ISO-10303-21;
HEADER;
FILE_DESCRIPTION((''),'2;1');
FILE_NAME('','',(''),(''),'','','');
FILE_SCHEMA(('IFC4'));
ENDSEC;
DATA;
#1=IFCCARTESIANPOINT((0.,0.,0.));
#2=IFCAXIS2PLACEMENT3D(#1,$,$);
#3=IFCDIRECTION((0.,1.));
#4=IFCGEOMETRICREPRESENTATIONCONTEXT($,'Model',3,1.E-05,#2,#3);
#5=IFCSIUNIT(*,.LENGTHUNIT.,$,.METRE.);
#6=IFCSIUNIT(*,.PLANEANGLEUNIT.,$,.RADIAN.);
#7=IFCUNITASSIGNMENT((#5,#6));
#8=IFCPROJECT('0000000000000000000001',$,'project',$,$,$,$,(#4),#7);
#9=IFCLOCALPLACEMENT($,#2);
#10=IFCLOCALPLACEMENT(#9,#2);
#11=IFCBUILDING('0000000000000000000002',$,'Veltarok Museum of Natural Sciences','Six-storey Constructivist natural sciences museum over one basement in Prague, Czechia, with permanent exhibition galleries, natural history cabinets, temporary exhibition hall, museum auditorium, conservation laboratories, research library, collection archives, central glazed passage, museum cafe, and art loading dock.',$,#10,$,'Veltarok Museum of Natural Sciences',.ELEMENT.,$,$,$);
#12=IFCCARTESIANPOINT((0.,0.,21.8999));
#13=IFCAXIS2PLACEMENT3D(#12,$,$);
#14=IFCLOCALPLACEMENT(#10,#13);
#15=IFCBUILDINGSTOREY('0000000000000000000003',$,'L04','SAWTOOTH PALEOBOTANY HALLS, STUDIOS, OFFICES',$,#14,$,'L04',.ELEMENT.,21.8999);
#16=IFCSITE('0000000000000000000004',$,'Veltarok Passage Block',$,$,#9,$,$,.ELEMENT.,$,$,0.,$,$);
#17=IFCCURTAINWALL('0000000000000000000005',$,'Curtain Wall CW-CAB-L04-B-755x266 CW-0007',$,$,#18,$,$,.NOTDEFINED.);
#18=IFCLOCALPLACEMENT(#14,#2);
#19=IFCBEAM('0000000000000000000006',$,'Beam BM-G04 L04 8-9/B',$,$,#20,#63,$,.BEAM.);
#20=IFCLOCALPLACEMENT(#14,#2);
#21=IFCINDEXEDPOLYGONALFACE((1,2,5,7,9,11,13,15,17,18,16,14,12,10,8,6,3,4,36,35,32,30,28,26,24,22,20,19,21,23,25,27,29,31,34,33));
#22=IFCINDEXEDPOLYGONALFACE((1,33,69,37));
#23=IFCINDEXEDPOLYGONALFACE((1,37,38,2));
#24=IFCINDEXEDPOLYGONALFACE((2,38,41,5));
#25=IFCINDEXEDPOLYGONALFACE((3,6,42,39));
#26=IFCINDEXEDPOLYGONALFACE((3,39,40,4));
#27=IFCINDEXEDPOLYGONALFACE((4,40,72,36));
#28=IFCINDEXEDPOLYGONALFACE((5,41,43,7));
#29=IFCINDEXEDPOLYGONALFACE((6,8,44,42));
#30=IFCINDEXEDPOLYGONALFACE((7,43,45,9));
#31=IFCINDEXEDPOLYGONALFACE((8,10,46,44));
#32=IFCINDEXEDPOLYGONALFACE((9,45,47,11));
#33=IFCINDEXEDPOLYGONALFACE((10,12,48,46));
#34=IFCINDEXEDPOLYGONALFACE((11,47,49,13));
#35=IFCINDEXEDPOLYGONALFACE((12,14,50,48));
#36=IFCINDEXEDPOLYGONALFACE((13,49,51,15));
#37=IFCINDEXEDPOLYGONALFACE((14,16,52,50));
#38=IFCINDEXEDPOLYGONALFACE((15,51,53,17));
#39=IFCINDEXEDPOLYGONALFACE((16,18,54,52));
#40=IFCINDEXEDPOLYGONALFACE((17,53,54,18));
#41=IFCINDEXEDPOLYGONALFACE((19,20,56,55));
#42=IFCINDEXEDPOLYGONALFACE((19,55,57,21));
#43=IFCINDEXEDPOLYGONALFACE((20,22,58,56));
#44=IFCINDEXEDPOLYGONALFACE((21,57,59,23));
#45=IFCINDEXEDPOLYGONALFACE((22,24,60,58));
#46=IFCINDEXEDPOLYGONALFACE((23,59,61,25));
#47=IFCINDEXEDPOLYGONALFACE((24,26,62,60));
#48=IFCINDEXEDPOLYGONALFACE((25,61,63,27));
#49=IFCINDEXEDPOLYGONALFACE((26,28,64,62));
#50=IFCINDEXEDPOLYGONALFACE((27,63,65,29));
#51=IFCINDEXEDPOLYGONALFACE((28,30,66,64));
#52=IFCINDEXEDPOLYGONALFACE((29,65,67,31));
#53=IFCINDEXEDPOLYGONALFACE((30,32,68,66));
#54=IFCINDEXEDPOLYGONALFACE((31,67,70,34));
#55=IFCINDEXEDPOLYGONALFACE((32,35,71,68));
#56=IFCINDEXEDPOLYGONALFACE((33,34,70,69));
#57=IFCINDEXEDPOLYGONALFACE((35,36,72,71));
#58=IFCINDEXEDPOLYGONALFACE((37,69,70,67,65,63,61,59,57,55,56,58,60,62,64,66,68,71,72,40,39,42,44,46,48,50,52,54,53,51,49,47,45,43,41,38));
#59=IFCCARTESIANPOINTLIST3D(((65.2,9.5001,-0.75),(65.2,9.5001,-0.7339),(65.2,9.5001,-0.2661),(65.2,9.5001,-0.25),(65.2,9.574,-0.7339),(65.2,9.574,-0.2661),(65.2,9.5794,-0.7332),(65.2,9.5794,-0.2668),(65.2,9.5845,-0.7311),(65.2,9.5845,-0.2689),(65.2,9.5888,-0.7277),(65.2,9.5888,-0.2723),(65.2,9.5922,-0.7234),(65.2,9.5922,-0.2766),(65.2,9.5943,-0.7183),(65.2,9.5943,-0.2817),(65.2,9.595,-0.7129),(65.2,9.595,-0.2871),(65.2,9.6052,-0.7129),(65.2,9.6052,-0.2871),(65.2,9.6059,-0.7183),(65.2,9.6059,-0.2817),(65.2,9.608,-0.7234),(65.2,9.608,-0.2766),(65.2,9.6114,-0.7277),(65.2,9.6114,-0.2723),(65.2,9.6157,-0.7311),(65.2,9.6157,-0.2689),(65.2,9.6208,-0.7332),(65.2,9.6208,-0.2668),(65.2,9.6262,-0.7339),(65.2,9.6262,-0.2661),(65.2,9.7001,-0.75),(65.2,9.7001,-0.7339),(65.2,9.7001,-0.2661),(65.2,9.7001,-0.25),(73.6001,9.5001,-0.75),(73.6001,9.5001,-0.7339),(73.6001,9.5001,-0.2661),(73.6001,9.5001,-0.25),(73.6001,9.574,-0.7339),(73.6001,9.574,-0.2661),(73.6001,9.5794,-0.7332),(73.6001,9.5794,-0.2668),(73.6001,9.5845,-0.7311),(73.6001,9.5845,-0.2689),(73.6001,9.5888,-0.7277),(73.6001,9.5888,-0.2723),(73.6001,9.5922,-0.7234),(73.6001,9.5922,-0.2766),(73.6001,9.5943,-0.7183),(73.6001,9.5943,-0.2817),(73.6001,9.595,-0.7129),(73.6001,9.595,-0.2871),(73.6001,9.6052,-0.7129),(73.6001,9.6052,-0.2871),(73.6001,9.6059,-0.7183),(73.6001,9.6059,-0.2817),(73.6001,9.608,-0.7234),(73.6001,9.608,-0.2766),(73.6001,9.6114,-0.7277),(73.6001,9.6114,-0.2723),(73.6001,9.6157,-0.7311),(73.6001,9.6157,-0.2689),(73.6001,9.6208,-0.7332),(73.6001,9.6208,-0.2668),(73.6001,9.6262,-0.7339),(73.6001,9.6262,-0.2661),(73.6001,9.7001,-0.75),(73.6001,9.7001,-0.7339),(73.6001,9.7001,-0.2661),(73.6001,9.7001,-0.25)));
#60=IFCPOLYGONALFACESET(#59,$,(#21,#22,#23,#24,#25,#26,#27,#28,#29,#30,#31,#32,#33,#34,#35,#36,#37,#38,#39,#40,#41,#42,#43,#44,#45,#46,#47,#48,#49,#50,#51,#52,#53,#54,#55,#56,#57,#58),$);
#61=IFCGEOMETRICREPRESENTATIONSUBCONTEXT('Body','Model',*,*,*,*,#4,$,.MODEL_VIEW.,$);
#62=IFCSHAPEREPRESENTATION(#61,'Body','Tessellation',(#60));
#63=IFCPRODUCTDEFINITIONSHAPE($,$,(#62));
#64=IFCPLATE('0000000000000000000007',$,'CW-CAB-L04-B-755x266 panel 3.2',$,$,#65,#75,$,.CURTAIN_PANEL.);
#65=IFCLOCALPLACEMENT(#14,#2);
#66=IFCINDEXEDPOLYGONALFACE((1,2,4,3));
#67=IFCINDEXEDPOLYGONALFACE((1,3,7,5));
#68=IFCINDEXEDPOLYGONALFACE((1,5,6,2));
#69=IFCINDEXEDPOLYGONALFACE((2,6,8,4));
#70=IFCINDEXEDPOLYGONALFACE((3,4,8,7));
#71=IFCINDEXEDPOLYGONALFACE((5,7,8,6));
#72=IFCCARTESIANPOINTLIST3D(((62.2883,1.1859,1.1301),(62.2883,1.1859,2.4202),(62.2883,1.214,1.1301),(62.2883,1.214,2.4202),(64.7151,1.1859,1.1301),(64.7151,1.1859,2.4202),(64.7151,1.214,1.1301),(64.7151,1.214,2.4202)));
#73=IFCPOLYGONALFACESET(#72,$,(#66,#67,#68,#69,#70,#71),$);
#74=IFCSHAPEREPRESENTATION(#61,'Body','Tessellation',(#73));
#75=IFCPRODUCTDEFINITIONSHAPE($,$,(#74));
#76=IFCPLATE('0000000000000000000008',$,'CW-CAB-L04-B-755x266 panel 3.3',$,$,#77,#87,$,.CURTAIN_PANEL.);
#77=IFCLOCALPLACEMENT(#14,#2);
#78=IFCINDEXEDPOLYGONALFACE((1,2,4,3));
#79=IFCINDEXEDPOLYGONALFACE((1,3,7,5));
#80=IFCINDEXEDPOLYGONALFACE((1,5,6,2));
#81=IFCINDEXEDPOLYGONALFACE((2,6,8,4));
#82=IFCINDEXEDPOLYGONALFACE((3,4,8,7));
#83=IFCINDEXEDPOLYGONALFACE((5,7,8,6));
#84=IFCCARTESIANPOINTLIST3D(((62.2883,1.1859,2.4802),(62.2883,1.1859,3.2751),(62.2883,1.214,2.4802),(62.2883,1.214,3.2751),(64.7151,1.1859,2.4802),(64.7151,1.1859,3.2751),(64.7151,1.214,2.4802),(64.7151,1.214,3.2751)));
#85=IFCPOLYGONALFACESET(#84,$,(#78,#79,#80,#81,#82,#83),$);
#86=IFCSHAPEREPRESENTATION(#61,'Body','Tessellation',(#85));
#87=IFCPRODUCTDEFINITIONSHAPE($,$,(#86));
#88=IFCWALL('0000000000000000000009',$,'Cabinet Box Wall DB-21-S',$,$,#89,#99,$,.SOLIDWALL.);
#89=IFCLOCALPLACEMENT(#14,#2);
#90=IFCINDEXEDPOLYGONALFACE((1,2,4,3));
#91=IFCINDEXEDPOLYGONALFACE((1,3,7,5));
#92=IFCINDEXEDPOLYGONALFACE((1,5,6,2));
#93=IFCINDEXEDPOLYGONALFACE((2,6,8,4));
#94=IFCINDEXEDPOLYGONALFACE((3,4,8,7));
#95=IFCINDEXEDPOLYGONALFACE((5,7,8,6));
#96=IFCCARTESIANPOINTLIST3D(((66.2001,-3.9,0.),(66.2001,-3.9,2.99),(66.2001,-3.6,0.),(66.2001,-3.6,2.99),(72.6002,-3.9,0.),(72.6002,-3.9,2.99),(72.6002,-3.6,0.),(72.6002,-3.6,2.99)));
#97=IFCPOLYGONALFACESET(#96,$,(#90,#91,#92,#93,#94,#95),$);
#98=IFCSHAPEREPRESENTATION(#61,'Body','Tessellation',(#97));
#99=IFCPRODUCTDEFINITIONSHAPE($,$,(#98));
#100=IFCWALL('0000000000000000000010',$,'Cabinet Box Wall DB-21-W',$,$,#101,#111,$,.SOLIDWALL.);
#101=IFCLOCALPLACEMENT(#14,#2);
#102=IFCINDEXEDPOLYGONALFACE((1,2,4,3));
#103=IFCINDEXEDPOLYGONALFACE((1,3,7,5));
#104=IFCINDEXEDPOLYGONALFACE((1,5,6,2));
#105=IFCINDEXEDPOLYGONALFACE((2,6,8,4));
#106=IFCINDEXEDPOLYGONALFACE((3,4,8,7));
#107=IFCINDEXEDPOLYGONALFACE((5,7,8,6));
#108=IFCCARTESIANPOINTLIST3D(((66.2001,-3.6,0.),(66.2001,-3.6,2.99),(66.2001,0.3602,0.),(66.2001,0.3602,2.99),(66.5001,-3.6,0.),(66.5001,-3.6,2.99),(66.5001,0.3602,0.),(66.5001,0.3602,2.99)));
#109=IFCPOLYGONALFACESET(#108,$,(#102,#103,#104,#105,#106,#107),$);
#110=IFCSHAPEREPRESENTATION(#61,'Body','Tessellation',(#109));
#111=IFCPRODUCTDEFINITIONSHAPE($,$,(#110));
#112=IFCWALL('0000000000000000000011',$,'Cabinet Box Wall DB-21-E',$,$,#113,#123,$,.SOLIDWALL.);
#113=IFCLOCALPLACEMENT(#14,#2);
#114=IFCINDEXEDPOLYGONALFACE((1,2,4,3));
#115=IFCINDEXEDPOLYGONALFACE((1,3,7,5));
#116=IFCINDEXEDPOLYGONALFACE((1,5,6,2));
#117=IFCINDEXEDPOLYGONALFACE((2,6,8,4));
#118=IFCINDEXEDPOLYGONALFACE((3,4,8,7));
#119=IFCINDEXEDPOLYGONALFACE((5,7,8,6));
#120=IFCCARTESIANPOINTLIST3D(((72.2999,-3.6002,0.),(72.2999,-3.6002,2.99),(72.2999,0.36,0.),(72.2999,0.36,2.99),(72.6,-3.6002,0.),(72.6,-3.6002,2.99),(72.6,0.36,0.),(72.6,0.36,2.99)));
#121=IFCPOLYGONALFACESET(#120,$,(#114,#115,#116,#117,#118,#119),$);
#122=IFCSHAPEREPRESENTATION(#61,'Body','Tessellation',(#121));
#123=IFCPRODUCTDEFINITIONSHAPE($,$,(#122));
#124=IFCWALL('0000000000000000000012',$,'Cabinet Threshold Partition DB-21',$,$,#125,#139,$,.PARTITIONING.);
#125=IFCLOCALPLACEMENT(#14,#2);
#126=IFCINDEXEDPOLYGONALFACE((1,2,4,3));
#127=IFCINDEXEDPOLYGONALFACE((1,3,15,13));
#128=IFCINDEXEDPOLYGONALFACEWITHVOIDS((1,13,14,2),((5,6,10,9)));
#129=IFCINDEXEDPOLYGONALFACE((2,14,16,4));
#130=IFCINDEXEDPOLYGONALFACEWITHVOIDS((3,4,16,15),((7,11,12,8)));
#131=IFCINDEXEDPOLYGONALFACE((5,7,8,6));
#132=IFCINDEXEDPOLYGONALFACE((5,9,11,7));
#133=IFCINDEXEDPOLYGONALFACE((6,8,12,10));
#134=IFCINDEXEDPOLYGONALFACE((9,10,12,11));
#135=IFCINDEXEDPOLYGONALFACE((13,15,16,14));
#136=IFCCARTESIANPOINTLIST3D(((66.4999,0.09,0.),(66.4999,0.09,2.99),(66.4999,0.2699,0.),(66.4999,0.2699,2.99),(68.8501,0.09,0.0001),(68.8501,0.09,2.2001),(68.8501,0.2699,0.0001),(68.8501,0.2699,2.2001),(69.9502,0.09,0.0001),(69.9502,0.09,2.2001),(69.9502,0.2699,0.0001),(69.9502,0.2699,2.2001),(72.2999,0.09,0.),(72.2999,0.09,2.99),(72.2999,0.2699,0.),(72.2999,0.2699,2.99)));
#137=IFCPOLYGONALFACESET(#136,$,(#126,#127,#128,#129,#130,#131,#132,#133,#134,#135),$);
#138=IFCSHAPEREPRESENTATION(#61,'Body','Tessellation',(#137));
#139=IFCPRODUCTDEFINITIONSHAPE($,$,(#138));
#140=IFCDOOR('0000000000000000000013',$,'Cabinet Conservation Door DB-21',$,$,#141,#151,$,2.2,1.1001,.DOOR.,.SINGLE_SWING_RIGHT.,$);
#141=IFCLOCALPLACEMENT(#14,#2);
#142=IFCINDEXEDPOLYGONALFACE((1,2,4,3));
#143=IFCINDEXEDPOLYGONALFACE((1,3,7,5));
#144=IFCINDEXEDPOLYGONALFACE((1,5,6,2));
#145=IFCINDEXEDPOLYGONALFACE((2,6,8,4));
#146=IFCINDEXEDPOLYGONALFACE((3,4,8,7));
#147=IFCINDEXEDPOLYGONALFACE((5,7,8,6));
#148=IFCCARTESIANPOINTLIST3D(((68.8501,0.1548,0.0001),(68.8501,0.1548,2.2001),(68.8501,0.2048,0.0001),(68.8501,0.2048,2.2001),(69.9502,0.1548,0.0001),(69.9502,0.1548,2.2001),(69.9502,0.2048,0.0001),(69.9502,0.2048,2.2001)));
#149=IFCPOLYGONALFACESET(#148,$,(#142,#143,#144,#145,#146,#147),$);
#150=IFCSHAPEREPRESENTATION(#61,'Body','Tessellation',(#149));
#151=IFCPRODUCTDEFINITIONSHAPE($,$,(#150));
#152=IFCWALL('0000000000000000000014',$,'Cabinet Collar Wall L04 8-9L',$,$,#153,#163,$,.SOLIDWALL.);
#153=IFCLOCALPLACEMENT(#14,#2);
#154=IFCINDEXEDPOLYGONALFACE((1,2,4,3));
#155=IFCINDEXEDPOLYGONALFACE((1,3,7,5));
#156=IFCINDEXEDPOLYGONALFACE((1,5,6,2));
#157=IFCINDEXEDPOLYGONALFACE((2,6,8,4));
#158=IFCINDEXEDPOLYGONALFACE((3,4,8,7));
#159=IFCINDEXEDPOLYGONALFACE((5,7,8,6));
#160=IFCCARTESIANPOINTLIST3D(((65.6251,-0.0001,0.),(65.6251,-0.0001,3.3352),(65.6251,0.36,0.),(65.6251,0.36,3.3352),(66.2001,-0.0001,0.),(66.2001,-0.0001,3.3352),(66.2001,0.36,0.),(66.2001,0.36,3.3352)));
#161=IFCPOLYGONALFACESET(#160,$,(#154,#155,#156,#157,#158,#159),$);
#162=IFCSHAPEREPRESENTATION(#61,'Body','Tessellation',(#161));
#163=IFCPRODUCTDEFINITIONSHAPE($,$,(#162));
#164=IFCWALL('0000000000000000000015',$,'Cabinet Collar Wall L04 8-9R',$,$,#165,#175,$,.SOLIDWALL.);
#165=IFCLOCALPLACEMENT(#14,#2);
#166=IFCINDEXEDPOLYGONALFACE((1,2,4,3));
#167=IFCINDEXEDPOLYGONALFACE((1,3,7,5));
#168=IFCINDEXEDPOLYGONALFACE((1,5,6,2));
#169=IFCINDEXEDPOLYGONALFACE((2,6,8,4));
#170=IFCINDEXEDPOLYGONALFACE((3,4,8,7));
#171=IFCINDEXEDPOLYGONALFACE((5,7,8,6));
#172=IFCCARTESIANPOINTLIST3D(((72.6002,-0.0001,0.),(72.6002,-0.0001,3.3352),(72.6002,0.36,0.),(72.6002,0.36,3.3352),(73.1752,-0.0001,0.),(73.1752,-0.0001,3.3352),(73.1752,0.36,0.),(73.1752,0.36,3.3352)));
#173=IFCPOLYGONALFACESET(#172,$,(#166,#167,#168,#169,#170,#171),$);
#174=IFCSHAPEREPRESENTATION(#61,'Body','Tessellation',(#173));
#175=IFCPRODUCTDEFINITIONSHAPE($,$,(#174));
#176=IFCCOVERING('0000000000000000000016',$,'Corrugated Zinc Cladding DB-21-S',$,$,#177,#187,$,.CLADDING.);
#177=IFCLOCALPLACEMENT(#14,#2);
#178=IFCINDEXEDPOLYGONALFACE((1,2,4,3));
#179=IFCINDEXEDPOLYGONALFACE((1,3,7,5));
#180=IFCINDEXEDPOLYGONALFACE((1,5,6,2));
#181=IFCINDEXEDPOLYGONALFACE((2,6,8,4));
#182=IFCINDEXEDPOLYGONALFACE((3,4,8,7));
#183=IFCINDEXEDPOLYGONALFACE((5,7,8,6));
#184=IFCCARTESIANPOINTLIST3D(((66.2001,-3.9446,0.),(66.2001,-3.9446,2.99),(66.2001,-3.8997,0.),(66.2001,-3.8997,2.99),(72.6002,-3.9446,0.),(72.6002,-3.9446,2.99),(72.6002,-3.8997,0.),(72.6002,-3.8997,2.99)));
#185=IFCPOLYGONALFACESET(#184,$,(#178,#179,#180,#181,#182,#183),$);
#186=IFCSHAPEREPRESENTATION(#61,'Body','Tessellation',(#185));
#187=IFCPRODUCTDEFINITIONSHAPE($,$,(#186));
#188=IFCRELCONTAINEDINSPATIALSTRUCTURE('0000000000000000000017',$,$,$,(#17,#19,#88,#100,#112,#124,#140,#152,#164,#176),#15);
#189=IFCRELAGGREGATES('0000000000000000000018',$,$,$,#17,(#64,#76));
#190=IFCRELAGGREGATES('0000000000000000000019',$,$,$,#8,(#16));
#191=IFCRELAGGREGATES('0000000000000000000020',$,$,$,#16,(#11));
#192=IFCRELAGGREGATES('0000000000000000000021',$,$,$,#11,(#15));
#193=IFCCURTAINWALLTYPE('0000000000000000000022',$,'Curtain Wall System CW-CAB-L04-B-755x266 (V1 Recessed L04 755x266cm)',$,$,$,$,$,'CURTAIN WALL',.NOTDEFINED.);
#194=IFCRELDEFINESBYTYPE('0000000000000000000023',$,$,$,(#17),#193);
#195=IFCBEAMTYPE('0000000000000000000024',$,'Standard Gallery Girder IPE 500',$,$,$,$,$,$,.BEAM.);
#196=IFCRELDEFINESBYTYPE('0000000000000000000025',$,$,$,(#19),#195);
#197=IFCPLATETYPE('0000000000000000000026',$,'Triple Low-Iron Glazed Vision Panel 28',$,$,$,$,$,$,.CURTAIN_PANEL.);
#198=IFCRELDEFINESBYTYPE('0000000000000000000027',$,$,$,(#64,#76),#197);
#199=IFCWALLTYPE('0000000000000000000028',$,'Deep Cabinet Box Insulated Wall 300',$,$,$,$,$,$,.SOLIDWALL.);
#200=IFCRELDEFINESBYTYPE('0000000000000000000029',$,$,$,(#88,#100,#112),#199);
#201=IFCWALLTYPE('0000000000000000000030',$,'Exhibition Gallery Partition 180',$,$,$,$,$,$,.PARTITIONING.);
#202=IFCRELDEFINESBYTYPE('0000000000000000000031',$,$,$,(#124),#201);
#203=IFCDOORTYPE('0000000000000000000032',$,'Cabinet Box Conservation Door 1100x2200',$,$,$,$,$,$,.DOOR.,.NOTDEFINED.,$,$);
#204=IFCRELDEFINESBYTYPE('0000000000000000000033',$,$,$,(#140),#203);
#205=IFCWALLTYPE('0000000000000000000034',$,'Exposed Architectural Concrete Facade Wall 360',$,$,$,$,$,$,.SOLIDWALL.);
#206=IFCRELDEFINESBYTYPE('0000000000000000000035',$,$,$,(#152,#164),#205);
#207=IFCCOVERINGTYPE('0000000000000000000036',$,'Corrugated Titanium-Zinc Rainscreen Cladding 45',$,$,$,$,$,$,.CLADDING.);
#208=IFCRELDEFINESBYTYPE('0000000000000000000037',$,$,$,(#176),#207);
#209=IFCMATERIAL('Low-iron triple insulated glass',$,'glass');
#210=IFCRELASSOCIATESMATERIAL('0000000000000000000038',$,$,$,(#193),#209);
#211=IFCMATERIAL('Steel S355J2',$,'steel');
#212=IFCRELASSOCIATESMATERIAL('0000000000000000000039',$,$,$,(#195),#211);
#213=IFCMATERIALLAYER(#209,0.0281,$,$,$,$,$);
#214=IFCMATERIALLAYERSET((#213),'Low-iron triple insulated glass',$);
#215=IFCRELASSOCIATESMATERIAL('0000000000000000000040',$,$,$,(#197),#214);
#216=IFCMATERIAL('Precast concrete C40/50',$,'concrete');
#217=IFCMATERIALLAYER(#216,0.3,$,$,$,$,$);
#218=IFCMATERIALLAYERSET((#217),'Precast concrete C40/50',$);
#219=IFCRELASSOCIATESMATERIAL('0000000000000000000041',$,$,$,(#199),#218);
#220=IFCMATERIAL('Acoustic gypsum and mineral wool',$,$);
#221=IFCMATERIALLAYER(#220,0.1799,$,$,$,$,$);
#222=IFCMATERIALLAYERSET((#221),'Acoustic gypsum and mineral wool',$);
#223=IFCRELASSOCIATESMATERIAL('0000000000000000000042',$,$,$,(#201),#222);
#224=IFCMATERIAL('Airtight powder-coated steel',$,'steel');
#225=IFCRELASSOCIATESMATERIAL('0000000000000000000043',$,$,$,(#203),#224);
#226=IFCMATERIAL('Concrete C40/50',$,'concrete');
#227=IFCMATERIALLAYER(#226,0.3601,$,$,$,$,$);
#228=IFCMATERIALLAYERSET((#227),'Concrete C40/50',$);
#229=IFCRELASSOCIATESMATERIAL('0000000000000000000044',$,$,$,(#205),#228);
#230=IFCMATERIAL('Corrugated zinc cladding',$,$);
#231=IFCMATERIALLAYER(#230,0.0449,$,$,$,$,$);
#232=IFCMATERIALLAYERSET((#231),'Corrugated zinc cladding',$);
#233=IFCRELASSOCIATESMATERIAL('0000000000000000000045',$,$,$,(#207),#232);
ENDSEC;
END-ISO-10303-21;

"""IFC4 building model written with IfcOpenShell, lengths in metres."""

from ifc_helpers import new_model, si_unit, direction, frame, frame_2d, origin, origin_2d, place, context, subcontext, project, spatial, rectangle, i_section, extrude, material, layer, layer_set, material_profile, profile_set, type_object, element, fill, aggregate, save


model = new_model("IFC4")

# Units and contexts
model_context = context("Model", 3, precision=1e-05, world=origin(), true_north=direction((0.0, 1.0)))
body_context = subcontext(model_context, "Body", "Model", "MODEL_VIEW")
ifc_project = project(units=[si_unit("LENGTHUNIT", "METRE"), si_unit("PLANEANGLEUNIT", "RADIAN")], contexts=[model_context])

# Site, building, storey
site_placement = place(None, origin())
site = spatial("IfcSite", under=ifc_project, at=site_placement, Name="Veltarok Passage Block", CompositionType="ELEMENT", RefElevation=0.0)
building_placement = place(site_placement, origin())
building = spatial("IfcBuilding", under=site, at=building_placement, Name="Veltarok Museum of Natural Sciences", Description="Six-storey Constructivist natural sciences museum over one basement in Prague, Czechia, with permanent exhibition galleries, natural history cabinets, temporary exhibition hall, museum auditorium, conservation laboratories, research library, collection archives, central glazed passage, museum cafe, and art loading dock.", LongName="Veltarok Museum of Natural Sciences", CompositionType="ELEMENT")
storey_placement = place(building_placement, frame((0.0, 0.0, 21.8999)))
storey = spatial("IfcBuildingStorey", under=building, at=storey_placement, Name="L04", Description="SAWTOOTH PALEOBOTANY HALLS, STUDIOS, OFFICES", LongName="L04", CompositionType="ELEMENT", Elevation=21.8999)

# Shared definitions
ifc_material_1 = material(Name="Concrete C40/50", Category="concrete")
ifc_material_2 = material(Name="Steel S355J2", Category="steel")

# Curtain wall
ifc_material_3 = material(Name="Low-iron triple insulated glass", Category="glass")
curtain_wall_type = type_object("IfcCurtainWallType", Name="Curtain Wall System CW-CAB-L04-B-755x266 (V1 Recessed L04 755x266cm)", ElementType="CURTAIN WALL", PredefinedType="NOTDEFINED", material=ifc_material_3)
curtain_wall_placement = place(storey_placement, origin())
curtain_wall = element("IfcCurtainWall", 1, at=curtain_wall_placement, inside=storey, type_object=curtain_wall_type, Name="Curtain Wall CW-CAB-L04-B-755x266 CW-0007", PredefinedType="NOTDEFINED")

# Beam
ifc_material_profile_1 = material_profile(ifc_material_2, i_section(OverallWidth=0.2, OverallDepth=0.5, WebThickness=0.0103, FlangeThickness=0.0161, FilletRadius=0.021, at=origin_2d()), Name="IPE 500")
ifc_profile_set_1 = profile_set([ifc_material_profile_1], Name="Steel S355J2")
beam_type_1 = type_object("IfcBeamType", Name="Standard Gallery Girder IPE 500", PredefinedType="BEAM", material=ifc_profile_set_1)
beam_1_placement = place(storey_placement, frame((65.2, 9.6001, -0.5), z_axis=(1.0, 0.0, 0.0), x_axis=(0.0, 1.0, 0.0)))
element("IfcBeam", 2, at=beam_1_placement, inside=storey, type_object=beam_type_1, Name="Beam BM-G04 L04 8-9/B", PredefinedType="BEAM", context=body_context, shape_type="SweptSolid", body=[
    extrude(i_section(OverallWidth=0.2, OverallDepth=0.5, WebThickness=0.0103, FlangeThickness=0.0161, FilletRadius=0.021, at=origin_2d()), origin(), (0.0, 0.0, 1.0), 8.4001),
])

# Plates
ifc_layer_1 = layer(ifc_material_3, 0.0281)
ifc_layer_set_1 = layer_set([ifc_layer_1], Name="Low-iron triple insulated glass")
plate_type = type_object("IfcPlateType", Name="Triple Low-Iron Glazed Vision Panel 28", PredefinedType="CURTAIN_PANEL", material=ifc_layer_set_1)
plate_1_placement = place(storey_placement, frame((63.5017, 1.2, 1.1301), z_axis=(0.0, 0.0, 1.0), x_axis=(1.0, 0.0, 0.0)))
plate_1 = element("IfcPlate", 3, at=plate_1_placement, type_object=plate_type, Name="CW-CAB-L04-B-755x266 panel 3.2", PredefinedType="CURTAIN_PANEL", context=body_context, shape_type="SweptSolid", body=[
    extrude(rectangle(XDim=2.4268, YDim=0.0281, at=origin_2d()), origin(), (0.0, 0.0, 1.0), 1.29),
])
plate_2_placement = place(storey_placement, frame((63.5017, 1.2, 2.4802), z_axis=(0.0, 0.0, 1.0), x_axis=(1.0, 0.0, 0.0)))
plate_2 = element("IfcPlate", 4, at=plate_2_placement, type_object=plate_type, Name="CW-CAB-L04-B-755x266 panel 3.3", PredefinedType="CURTAIN_PANEL", context=body_context, shape_type="SweptSolid", body=[
    extrude(rectangle(XDim=2.4268, YDim=0.0281, at=origin_2d()), origin(), (0.0, 0.0, 1.0), 0.7949),
])
aggregate(curtain_wall, [plate_1, plate_2])

# Walls
ifc_material_4 = material(Name="Precast concrete C40/50", Category="concrete")
ifc_layer_2 = layer(ifc_material_4, 0.3)
ifc_layer_set_2 = layer_set([ifc_layer_2], Name="Precast concrete C40/50")
wall_type_1 = type_object("IfcWallType", Name="Deep Cabinet Box Insulated Wall 300", PredefinedType="SOLIDWALL", material=ifc_layer_set_2)
wall_1_placement = place(storey_placement, frame((66.2, -3.75, 0.0), z_axis=(0.0, 0.0, 1.0), x_axis=(1.0, 0.0, 0.0)))
element("IfcWall", 5, at=wall_1_placement, inside=storey, type_object=wall_type_1, Name="Cabinet Box Wall DB-21-S", PredefinedType="SOLIDWALL", context=body_context, shape_type="SweptSolid", body=[
    extrude(rectangle(XDim=6.4001, YDim=0.3, at=frame_2d((3.2002, 0.0))), origin(), (0.0, 0.0, 1.0), 2.99),
])
for number, where, z_axis, x_axis, name in (
    (6, (66.3501, 0.3601, 0.0), (0.0, 0.0, 1.0), (0.0, -1.0, 0.0), "Cabinet Box Wall DB-21-W"),
    (7, (72.45, -3.6001, 0.0), (0.0, 0.0, 1.0), (0.0, 1.0, 0.0), "Cabinet Box Wall DB-21-E"),
):
    element("IfcWall", number, at=place(storey_placement, frame(where, z_axis=z_axis, x_axis=x_axis)), inside=storey, type_object=wall_type_1, Name=name, PredefinedType="SOLIDWALL", context=body_context, shape_type="SweptSolid", body=[
        extrude(rectangle(XDim=3.9602, YDim=0.3, at=frame_2d((1.98, 0.0))), origin(), (0.0, 0.0, 1.0), 2.99),
    ])

# Wall, opening, door
ifc_material_5 = material(Name="Acoustic gypsum and mineral wool")
ifc_layer_3 = layer(ifc_material_5, 0.1799)
ifc_layer_set_3 = layer_set([ifc_layer_3], Name="Acoustic gypsum and mineral wool")
wall_type_2 = type_object("IfcWallType", Name="Exhibition Gallery Partition 180", PredefinedType="PARTITIONING", material=ifc_layer_set_3)
wall_2_placement = place(storey_placement, frame((66.5, 0.1799, 0.0), z_axis=(0.0, 0.0, 1.0), x_axis=(1.0, 0.0, 0.0)))
wall_2 = element("IfcWall", 8, at=wall_2_placement, inside=storey, type_object=wall_type_2, Name="Cabinet Threshold Partition DB-21", PredefinedType="PARTITIONING", context=body_context, shape_type="SweptSolid", body=[
    extrude(rectangle(XDim=5.8, YDim=0.1799, at=frame_2d((2.8999, 0.0))), origin(), (0.0, 0.0, 1.0), 2.99),
])
opening_placement = place(wall_2_placement, frame((2.3501, 0.0, 0.0)))
opening = element("IfcOpeningElement", 9, at=opening_placement, cuts=wall_2, PredefinedType="OPENING", context=body_context, shape_type="SweptSolid", body=[
    extrude(rectangle(XDim=1.1001, YDim=2.2, at=frame_2d((0.55, 1.1001))), frame((0.0, 0.1001, 0.0), z_axis=(0.0, -1.0, 0.0), x_axis=(1.0, 0.0, 0.0)), (0.0, 0.0, 1.0), 0.2),
])
ifc_material_6 = material(Name="Airtight powder-coated steel", Category="steel")
door_type = type_object("IfcDoorType", Name="Cabinet Box Conservation Door 1100x2200", OperationType="NOTDEFINED", PredefinedType="DOOR", material=ifc_material_6)
door_placement = place(opening_placement, origin())
door = element("IfcDoor", 10, at=door_placement, inside=storey, type_object=door_type, Name="Cabinet Conservation Door DB-21", OperationType="SINGLE_SWING_RIGHT", OverallHeight=2.2, OverallWidth=1.1001, PredefinedType="DOOR", context=body_context, shape_type="SweptSolid", body=[
    extrude(rectangle(XDim=1.1001, YDim=2.2, at=frame_2d((0.55, 1.1001))), frame((0.0, 0.0249, 0.0), z_axis=(0.0, -1.0, 0.0), x_axis=(1.0, 0.0, 0.0)), (0.0, 0.0, 1.0), 0.05),
])
fill(opening, door)

# Walls
ifc_layer_4 = layer(ifc_material_1, 0.3601)
ifc_layer_set_4 = layer_set([ifc_layer_4], Name="Concrete C40/50")
wall_type_3 = type_object("IfcWallType", Name="Exposed Architectural Concrete Facade Wall 360", PredefinedType="SOLIDWALL", material=ifc_layer_set_4)
for number, where, z_axis, x_axis, name in (
    (11, (65.625, 0.1799, 0.0), (0.0, 0.0, 1.0), (1.0, 0.0, 0.0), "Cabinet Collar Wall L04 8-9L"),
    (12, (72.6001, 0.1799, 0.0), (0.0, 0.0, 1.0), (1.0, 0.0, 0.0), "Cabinet Collar Wall L04 8-9R"),
):
    element("IfcWall", number, at=place(storey_placement, frame(where, z_axis=z_axis, x_axis=x_axis)), inside=storey, type_object=wall_type_3, Name=name, PredefinedType="SOLIDWALL", context=body_context, shape_type="SweptSolid", body=[
        extrude(rectangle(XDim=0.575, YDim=0.3601, at=frame_2d((0.2876, 0.0))), origin(), (0.0, 0.0, 1.0), 3.3352),
    ])

# Covering
ifc_material_7 = material(Name="Corrugated zinc cladding")
ifc_layer_5 = layer(ifc_material_7, 0.0449)
ifc_layer_set_5 = layer_set([ifc_layer_5], Name="Corrugated zinc cladding")
covering_type = type_object("IfcCoveringType", Name="Corrugated Titanium-Zinc Rainscreen Cladding 45", PredefinedType="CLADDING", material=ifc_layer_set_5)
covering_1_placement = place(storey_placement, frame((66.2, -3.9221, 0.0), z_axis=(0.0, 0.0, 1.0), x_axis=(1.0, 0.0, 0.0)))
element("IfcCovering", 13, at=covering_1_placement, inside=storey, type_object=covering_type, Name="Corrugated Zinc Cladding DB-21-S", PredefinedType="CLADDING", context=body_context, shape_type="SweptSolid", body=[
    extrude(rectangle(XDim=6.4001, YDim=0.0449, at=frame_2d((3.2002, 0.0))), origin(), (0.0, 0.0, 1.0), 2.99),
])

save(model, "model.ifc")
